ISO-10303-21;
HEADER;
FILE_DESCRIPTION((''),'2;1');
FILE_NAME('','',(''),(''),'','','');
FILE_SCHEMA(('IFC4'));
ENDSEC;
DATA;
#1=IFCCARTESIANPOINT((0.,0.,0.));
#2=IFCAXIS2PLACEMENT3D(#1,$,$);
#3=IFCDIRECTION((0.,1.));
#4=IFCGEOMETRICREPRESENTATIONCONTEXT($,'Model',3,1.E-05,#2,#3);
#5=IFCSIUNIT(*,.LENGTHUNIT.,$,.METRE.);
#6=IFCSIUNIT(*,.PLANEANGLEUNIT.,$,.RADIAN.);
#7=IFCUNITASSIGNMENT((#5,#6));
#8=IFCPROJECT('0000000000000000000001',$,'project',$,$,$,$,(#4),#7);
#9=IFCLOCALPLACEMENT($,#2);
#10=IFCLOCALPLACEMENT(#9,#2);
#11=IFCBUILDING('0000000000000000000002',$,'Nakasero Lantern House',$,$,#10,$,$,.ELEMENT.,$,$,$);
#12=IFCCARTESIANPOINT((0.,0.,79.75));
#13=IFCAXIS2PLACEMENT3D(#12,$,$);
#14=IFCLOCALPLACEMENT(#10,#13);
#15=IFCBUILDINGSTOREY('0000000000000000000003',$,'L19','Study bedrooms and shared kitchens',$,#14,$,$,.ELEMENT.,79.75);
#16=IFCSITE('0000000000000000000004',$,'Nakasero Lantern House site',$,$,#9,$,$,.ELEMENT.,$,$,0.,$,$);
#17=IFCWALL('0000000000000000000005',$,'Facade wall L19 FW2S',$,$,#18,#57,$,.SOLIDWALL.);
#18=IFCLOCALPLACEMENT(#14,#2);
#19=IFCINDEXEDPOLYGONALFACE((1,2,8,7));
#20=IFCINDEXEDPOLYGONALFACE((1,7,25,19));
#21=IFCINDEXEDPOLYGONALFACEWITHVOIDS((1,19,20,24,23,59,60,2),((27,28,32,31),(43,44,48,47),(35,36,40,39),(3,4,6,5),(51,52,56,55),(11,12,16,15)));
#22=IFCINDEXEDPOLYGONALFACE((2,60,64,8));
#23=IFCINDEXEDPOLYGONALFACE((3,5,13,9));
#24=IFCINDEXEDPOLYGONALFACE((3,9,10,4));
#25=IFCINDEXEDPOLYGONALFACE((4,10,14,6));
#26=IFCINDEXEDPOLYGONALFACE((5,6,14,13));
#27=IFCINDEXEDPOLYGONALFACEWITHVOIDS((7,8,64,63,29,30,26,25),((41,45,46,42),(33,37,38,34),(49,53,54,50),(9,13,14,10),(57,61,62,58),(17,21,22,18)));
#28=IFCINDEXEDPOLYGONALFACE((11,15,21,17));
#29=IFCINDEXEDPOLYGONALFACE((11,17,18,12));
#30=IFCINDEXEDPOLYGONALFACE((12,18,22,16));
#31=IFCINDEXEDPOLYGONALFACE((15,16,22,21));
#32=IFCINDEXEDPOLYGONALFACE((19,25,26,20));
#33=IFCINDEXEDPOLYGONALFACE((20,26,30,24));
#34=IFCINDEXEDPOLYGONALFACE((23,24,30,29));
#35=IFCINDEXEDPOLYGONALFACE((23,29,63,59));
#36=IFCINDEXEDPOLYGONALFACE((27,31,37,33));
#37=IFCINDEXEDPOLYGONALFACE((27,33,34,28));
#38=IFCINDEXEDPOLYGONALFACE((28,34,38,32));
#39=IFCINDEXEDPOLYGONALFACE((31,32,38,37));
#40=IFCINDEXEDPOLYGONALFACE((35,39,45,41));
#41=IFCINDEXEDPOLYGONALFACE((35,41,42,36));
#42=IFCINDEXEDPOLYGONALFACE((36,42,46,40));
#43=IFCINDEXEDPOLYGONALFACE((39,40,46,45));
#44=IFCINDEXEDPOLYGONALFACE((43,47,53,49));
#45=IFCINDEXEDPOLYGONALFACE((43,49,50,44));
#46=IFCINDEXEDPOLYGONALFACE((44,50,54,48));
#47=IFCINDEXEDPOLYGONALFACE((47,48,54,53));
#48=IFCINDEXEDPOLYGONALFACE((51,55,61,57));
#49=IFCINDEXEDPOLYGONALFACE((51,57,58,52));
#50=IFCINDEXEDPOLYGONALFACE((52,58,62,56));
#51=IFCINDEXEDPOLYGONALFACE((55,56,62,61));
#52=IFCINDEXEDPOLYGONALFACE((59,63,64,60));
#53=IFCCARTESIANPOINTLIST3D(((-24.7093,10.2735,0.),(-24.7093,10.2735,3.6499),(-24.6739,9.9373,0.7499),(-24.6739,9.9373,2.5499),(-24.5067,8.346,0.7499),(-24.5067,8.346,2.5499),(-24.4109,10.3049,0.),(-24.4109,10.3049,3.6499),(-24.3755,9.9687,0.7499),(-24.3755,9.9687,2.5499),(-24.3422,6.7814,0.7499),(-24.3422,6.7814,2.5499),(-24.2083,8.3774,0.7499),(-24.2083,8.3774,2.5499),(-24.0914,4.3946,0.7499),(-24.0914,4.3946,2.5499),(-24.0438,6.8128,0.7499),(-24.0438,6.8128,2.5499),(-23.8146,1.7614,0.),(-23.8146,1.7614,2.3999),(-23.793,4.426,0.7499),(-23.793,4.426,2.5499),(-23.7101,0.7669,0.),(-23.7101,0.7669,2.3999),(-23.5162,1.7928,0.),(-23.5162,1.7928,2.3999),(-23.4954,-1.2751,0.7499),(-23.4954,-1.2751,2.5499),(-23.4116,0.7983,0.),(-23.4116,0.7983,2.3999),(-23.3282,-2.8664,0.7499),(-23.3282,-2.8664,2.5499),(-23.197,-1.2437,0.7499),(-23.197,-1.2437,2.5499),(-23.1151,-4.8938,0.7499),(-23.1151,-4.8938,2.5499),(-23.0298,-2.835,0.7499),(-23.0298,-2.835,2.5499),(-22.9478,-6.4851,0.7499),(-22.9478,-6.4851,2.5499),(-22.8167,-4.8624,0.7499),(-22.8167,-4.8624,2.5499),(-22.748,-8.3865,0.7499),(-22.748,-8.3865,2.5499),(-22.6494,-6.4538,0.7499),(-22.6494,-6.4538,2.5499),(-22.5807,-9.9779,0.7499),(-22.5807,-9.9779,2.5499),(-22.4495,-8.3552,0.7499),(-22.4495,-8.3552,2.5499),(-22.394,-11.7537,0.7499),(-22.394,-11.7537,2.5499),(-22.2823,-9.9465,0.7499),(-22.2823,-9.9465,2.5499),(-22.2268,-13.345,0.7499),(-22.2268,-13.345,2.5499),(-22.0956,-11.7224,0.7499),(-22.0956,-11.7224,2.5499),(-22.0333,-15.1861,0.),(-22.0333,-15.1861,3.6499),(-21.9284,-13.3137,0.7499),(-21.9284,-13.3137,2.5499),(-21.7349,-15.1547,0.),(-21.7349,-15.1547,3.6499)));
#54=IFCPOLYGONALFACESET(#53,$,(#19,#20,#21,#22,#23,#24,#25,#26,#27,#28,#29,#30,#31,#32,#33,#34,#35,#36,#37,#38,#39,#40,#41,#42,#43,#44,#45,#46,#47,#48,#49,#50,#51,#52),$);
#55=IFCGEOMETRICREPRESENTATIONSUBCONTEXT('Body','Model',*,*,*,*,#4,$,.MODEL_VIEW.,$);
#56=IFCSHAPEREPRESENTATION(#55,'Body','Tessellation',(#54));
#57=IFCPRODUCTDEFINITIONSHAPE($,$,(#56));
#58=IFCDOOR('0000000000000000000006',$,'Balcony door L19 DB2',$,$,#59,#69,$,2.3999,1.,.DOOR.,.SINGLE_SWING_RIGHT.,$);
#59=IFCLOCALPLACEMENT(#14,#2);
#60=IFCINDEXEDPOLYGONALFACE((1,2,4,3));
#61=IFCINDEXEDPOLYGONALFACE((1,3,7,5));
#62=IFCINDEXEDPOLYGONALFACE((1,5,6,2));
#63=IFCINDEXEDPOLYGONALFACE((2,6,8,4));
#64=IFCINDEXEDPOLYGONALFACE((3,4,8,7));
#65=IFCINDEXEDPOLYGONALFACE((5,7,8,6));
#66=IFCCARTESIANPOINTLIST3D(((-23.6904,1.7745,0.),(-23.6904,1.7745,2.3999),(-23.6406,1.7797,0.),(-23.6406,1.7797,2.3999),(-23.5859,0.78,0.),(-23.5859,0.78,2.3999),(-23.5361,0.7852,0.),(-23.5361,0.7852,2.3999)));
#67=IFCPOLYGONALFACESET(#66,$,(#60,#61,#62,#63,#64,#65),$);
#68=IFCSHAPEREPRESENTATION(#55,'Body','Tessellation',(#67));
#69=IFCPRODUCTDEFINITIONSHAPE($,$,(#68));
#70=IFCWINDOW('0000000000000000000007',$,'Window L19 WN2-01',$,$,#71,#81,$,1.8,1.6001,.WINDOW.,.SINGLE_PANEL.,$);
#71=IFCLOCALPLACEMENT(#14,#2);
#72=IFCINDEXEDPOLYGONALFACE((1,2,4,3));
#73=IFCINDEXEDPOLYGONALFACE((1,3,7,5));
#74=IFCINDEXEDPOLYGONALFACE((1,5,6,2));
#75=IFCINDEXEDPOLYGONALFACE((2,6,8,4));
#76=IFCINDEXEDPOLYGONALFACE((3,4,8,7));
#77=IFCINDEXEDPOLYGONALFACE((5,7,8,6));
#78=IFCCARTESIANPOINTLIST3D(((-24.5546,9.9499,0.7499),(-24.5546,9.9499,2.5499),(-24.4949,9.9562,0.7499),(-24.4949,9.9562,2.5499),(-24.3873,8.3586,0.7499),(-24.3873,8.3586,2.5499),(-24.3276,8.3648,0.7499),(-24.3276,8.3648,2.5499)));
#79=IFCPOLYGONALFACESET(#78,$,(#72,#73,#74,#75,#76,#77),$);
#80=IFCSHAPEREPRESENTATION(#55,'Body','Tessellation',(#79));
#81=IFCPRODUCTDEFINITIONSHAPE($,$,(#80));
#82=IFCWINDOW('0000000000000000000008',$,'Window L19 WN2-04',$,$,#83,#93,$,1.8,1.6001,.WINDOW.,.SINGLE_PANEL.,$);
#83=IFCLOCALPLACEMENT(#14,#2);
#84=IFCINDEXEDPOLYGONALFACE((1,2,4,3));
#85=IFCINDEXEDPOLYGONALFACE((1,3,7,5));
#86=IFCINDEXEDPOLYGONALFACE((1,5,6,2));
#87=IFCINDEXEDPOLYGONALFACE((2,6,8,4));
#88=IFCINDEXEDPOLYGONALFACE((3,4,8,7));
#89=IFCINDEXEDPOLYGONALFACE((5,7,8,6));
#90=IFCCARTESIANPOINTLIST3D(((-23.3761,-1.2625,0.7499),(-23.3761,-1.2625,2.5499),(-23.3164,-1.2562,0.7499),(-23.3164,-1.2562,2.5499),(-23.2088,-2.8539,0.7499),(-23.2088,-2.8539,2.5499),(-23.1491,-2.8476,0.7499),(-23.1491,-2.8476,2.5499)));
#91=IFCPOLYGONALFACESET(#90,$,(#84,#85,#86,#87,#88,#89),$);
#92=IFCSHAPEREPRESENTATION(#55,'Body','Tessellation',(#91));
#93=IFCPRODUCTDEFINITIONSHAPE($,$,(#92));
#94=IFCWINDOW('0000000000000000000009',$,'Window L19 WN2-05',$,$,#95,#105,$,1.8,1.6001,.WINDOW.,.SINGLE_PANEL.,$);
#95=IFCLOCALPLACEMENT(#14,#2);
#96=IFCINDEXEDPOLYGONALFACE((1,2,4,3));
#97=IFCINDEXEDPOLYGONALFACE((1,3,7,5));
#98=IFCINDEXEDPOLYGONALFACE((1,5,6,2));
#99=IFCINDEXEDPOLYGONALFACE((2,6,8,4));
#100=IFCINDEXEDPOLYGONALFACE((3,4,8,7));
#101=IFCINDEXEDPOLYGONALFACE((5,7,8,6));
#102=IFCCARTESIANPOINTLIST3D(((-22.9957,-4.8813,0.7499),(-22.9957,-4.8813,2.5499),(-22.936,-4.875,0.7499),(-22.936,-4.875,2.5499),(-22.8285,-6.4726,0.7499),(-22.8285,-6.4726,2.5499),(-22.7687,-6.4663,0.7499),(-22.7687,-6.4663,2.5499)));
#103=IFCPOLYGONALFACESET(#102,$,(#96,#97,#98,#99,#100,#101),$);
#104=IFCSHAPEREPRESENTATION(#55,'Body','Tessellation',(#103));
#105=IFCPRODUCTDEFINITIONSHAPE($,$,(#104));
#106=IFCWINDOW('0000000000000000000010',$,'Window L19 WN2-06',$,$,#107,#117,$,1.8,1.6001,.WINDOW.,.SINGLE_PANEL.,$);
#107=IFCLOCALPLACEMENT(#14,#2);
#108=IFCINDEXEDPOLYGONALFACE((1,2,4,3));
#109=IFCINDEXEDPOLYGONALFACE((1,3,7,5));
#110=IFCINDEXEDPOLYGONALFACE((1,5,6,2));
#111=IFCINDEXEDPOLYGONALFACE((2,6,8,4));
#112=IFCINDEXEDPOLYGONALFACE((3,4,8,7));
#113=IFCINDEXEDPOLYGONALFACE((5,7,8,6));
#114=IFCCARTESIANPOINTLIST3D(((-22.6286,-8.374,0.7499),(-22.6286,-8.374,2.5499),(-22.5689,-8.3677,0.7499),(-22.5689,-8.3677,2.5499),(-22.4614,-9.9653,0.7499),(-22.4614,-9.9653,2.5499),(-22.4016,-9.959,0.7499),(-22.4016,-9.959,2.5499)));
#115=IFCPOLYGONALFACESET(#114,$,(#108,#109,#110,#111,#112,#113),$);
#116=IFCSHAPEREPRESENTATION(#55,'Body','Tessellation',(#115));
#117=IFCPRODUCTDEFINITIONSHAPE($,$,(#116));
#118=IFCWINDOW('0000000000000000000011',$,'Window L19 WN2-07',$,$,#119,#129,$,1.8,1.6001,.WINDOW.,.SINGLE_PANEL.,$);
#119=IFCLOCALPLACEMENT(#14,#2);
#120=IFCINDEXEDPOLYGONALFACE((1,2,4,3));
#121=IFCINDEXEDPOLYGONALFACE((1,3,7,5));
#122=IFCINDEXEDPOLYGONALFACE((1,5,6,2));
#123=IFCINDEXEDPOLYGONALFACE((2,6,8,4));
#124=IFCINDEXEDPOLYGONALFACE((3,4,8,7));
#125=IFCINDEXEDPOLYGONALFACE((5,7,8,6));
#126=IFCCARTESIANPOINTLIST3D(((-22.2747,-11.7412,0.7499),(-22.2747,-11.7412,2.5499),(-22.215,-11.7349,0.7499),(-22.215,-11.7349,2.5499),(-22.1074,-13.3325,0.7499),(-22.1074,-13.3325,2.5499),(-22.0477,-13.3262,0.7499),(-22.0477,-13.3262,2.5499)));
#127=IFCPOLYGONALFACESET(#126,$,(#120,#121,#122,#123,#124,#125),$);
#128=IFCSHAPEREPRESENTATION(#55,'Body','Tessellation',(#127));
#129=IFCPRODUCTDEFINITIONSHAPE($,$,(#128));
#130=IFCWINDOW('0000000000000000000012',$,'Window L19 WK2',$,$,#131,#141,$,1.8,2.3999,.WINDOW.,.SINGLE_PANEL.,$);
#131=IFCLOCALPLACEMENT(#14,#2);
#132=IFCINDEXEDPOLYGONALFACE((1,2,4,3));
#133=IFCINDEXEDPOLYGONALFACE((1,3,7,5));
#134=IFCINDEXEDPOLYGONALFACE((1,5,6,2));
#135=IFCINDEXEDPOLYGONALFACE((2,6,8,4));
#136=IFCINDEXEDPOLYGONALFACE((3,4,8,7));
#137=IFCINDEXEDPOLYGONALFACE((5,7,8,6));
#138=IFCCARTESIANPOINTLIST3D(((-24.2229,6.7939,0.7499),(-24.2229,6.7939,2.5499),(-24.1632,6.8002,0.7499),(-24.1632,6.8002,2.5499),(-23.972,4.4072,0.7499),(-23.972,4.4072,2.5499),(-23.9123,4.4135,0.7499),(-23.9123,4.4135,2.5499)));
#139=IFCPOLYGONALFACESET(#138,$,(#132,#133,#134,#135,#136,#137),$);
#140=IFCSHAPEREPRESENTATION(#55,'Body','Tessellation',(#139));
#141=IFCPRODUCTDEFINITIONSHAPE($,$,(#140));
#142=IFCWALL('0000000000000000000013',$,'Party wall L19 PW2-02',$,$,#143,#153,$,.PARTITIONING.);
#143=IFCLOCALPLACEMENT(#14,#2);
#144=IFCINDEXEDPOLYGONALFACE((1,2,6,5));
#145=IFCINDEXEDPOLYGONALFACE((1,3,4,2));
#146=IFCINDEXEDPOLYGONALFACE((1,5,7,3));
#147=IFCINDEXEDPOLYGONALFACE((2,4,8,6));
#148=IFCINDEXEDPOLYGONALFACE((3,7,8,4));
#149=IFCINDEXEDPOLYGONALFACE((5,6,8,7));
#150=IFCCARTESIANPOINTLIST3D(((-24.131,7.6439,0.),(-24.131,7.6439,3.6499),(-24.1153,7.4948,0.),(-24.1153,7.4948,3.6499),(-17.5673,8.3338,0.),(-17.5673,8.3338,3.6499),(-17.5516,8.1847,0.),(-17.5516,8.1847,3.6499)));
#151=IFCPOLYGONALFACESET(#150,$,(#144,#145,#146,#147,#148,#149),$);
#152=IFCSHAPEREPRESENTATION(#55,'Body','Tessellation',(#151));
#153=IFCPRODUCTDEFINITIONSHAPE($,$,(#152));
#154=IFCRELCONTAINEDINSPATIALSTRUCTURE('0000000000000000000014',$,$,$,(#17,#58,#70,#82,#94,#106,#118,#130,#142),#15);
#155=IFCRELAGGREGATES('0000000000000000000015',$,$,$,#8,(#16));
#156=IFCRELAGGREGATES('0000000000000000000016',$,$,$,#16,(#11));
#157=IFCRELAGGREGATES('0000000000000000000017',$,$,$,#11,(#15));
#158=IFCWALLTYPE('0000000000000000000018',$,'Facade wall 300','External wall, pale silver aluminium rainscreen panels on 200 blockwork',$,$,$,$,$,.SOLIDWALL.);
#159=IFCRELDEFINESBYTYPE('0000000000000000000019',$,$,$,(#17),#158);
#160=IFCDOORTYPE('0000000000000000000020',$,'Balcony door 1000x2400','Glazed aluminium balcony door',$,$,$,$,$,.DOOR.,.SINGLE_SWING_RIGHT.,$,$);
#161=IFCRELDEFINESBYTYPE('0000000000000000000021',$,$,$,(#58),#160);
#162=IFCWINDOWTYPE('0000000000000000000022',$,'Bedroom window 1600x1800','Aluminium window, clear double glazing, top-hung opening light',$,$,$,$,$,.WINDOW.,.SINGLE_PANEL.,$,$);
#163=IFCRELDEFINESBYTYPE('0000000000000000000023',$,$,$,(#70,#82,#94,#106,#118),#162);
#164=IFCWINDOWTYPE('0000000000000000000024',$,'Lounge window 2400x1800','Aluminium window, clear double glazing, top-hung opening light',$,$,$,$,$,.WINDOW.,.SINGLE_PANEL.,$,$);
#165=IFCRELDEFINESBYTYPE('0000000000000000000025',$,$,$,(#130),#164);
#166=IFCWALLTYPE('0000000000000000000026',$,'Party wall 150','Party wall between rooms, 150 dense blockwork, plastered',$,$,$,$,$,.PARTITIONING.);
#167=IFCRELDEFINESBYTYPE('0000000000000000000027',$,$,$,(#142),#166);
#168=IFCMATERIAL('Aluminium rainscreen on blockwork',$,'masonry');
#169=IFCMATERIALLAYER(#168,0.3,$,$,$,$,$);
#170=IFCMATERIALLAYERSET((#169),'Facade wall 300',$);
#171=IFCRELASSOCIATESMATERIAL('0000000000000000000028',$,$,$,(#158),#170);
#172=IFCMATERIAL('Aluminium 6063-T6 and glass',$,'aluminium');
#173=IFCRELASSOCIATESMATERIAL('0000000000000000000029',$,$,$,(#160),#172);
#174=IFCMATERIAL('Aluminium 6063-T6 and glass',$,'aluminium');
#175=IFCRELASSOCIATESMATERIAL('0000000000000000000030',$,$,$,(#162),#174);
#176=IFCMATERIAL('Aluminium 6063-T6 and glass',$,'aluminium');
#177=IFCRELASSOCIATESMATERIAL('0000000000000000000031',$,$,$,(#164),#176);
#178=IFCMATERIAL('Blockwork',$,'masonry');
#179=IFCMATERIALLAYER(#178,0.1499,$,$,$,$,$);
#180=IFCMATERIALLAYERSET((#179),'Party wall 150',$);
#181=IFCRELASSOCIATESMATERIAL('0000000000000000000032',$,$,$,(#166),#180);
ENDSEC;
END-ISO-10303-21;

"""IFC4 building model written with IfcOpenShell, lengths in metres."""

from ifc_helpers import new_model, si_unit, direction, frame, frame_2d, origin, place, context, subcontext, project, spatial, rectangle, extrude, material, layer, layer_set, type_object, element, fill, save


model = new_model("IFC4")

# Units and contexts
model_context = context("Model", 3, precision=1e-05, world=origin(), true_north=direction((0.0, 1.0)))
body_context = subcontext(model_context, "Body", "Model", "MODEL_VIEW")
ifc_project = project(units=[si_unit("LENGTHUNIT", "METRE"), si_unit("PLANEANGLEUNIT", "RADIAN")], contexts=[model_context])

# Site, building, storey
site_placement = place(None, origin())
site = spatial("IfcSite", under=ifc_project, at=site_placement, Name="Nakasero Lantern House site", CompositionType="ELEMENT", RefElevation=0.0)
building_placement = place(site_placement, origin())
building = spatial("IfcBuilding", under=site, at=building_placement, Name="Nakasero Lantern House", CompositionType="ELEMENT")
storey_placement = place(building_placement, frame((0.0, 0.0, 79.75)))
storey = spatial("IfcBuildingStorey", under=building, at=storey_placement, Name="L19", Description="Study bedrooms and shared kitchens", CompositionType="ELEMENT", Elevation=79.75)

# Wall, openings, door, windows
ifc_material_1 = material(Name="Aluminium rainscreen on blockwork", Category="masonry")
ifc_layer_1 = layer(ifc_material_1, 0.3)
ifc_layer_set_1 = layer_set([ifc_layer_1], Name="Facade wall 300")
wall_type_1 = type_object("IfcWallType", Name="Facade wall 300", Description="External wall, pale silver aluminium rainscreen panels on 200 blockwork", PredefinedType="SOLIDWALL", material=ifc_layer_set_1)
wall_1_placement = place(storey_placement, frame((-24.5601, 10.2891, 0.0), z_axis=(0.0, 0.0, 1.0), x_axis=(0.104532, -0.994521, 0.0)))
wall_1 = element("IfcWall", 1, at=wall_1_placement, inside=storey, type_object=wall_type_1, Name="Facade wall L19 FW2S", PredefinedType="SOLIDWALL", context=body_context, shape_type="SweptSolid", body=[
    extrude(rectangle(XDim=25.5999, YDim=0.3, at=frame_2d((12.7998, 0.0))), origin(), (0.0, 0.0, 1.0), 3.6499),
])
opening_1_placement = place(wall_1_placement, frame((0.3379, 0.0, 0.75)))
opening_1 = element("IfcOpeningElement", 2, at=opening_1_placement, cuts=wall_1, PredefinedType="OPENING", context=body_context, shape_type="SweptSolid", body=[
    extrude(rectangle(XDim=1.6001, YDim=1.8, at=frame_2d((0.8, 0.8999))), frame((0.0, 0.1699, 0.0), z_axis=(0.0, -1.0, 0.0), x_axis=(1.0, 0.0, 0.0)), (0.0, 0.0, 1.0), 0.3401),
])
opening_2_placement = place(wall_1_placement, frame((11.6121, 0.0, 0.75)))
opening_2 = element("IfcOpeningElement", 3, at=opening_2_placement, cuts=wall_1, PredefinedType="OPENING", context=body_context, shape_type="SweptSolid", body=[
    extrude(rectangle(XDim=1.6001, YDim=1.8, at=frame_2d((0.8, 0.8999))), frame((0.0, 0.1699, 0.0), z_axis=(0.0, -1.0, 0.0), x_axis=(1.0, 0.0, 0.0)), (0.0, 0.0, 1.0), 0.3401),
])
opening_3_placement = place(wall_1_placement, frame((15.2507, 0.0, 0.75)))
opening_3 = element("IfcOpeningElement", 4, at=opening_3_placement, cuts=wall_1, PredefinedType="OPENING", context=body_context, shape_type="SweptSolid", body=[
    extrude(rectangle(XDim=1.6001, YDim=1.8, at=frame_2d((0.8, 0.8999))), frame((0.0, 0.1699, 0.0), z_axis=(0.0, -1.0, 0.0), x_axis=(1.0, 0.0, 0.0)), (0.0, 0.0, 1.0), 0.3401),
])
opening_4_placement = place(wall_1_placement, frame((18.7627, 0.0, 0.75)))
opening_4 = element("IfcOpeningElement", 5, at=opening_4_placement, cuts=wall_1, PredefinedType="OPENING", context=body_context, shape_type="SweptSolid", body=[
    extrude(rectangle(XDim=1.6001, YDim=1.8, at=frame_2d((0.8, 0.8999))), frame((0.0, 0.1699, 0.0), z_axis=(0.0, -1.0, 0.0), x_axis=(1.0, 0.0, 0.0)), (0.0, 0.0, 1.0), 0.3401),
])
opening_5_placement = place(wall_1_placement, frame((22.1484, 0.0, 0.75)))
opening_5 = element("IfcOpeningElement", 6, at=opening_5_placement, cuts=wall_1, PredefinedType="OPENING", context=body_context, shape_type="SweptSolid", body=[
    extrude(rectangle(XDim=1.6001, YDim=1.8, at=frame_2d((0.8, 0.8999))), frame((0.0, 0.1699, 0.0), z_axis=(0.0, -1.0, 0.0), x_axis=(1.0, 0.0, 0.0)), (0.0, 0.0, 1.0), 0.3401),
])
opening_6_placement = place(wall_1_placement, frame((3.5112, 0.0, 0.75)))
opening_6 = element("IfcOpeningElement", 7, at=opening_6_placement, cuts=wall_1, PredefinedType="OPENING", context=body_context, shape_type="SweptSolid", body=[
    extrude(rectangle(XDim=2.3999, YDim=1.8, at=frame_2d((1.2, 0.8999))), frame((0.0, 0.1699, 0.0), z_axis=(0.0, -1.0, 0.0), x_axis=(1.0, 0.0, 0.0)), (0.0, 0.0, 1.0), 0.3401),
])
opening_7_placement = place(wall_1_placement, frame((8.5588, 0.0, 0.0)))
opening_7 = element("IfcOpeningElement", 8, at=opening_7_placement, cuts=wall_1, PredefinedType="OPENING", context=body_context, shape_type="SweptSolid", body=[
    extrude(rectangle(XDim=1.0, YDim=2.3999, at=frame_2d((0.5, 1.2))), frame((0.0, 0.1699, 0.0), z_axis=(0.0, -1.0, 0.0), x_axis=(1.0, 0.0, 0.0)), (0.0, 0.0, 1.0), 0.3401),
])
ifc_material_2 = material(Name="Aluminium 6063-T6 and glass", Category="aluminium")
door_type_1 = type_object("IfcDoorType", Name="Balcony door 1000x2400", Description="Glazed aluminium balcony door", OperationType="SINGLE_SWING_RIGHT", PredefinedType="DOOR", material=ifc_material_2)
door_1_placement = place(opening_7_placement, origin())
door_1 = element("IfcDoor", 9, at=door_1_placement, inside=storey, type_object=door_type_1, Name="Balcony door L19 DB2", OperationType="SINGLE_SWING_RIGHT", OverallHeight=2.3999, OverallWidth=1.0, PredefinedType="DOOR", context=body_context, shape_type="SweptSolid", body=[
    extrude(rectangle(XDim=1.0, YDim=2.3999, at=frame_2d((0.5, 1.2))), frame((0.0, 0.0249, 0.0), z_axis=(0.0, -1.0, 0.0), x_axis=(1.0, 0.0, 0.0)), (0.0, 0.0, 1.0), 0.05),
])
fill(opening_7, door_1)
ifc_material_3 = material(Name="Aluminium 6063-T6 and glass", Category="aluminium")
window_type_1 = type_object("IfcWindowType", Name="Bedroom window 1600x1800", Description="Aluminium window, clear double glazing, top-hung opening light", PartitioningType="SINGLE_PANEL", PredefinedType="WINDOW", material=ifc_material_3)
window_1_placement = place(opening_1_placement, origin())
window_1 = element("IfcWindow", 10, at=window_1_placement, inside=storey, type_object=window_type_1, Name="Window L19 WN2-01", OverallHeight=1.8, OverallWidth=1.6001, PartitioningType="SINGLE_PANEL", PredefinedType="WINDOW", context=body_context, shape_type="SweptSolid", body=[
    extrude(rectangle(XDim=1.6001, YDim=1.8, at=frame_2d((0.8, 0.8999))), frame((0.0, 0.03, 0.0), z_axis=(0.0, -1.0, 0.0), x_axis=(1.0, 0.0, 0.0)), (0.0, 0.0, 1.0), 0.0601),
])
fill(opening_1, window_1)
window_2_placement = place(opening_2_placement, origin())
window_2 = element("IfcWindow", 11, at=window_2_placement, inside=storey, type_object=window_type_1, Name="Window L19 WN2-04", OverallHeight=1.8, OverallWidth=1.6001, PartitioningType="SINGLE_PANEL", PredefinedType="WINDOW", context=body_context, shape_type="SweptSolid", body=[
    extrude(rectangle(XDim=1.6001, YDim=1.8, at=frame_2d((0.8, 0.8999))), frame((0.0, 0.03, 0.0), z_axis=(0.0, -1.0, 0.0), x_axis=(1.0, 0.0, 0.0)), (0.0, 0.0, 1.0), 0.0601),
])
fill(opening_2, window_2)
window_3_placement = place(opening_3_placement, origin())
window_3 = element("IfcWindow", 12, at=window_3_placement, inside=storey, type_object=window_type_1, Name="Window L19 WN2-05", OverallHeight=1.8, OverallWidth=1.6001, PartitioningType="SINGLE_PANEL", PredefinedType="WINDOW", context=body_context, shape_type="SweptSolid", body=[
    extrude(rectangle(XDim=1.6001, YDim=1.8, at=frame_2d((0.8, 0.8999))), frame((0.0, 0.03, 0.0), z_axis=(0.0, -1.0, 0.0), x_axis=(1.0, 0.0, 0.0)), (0.0, 0.0, 1.0), 0.0601),
])
fill(opening_3, window_3)
window_4_placement = place(opening_4_placement, origin())
window_4 = element("IfcWindow", 13, at=window_4_placement, inside=storey, type_object=window_type_1, Name="Window L19 WN2-06", OverallHeight=1.8, OverallWidth=1.6001, PartitioningType="SINGLE_PANEL", PredefinedType="WINDOW", context=body_context, shape_type="SweptSolid", body=[
    extrude(rectangle(XDim=1.6001, YDim=1.8, at=frame_2d((0.8, 0.8999))), frame((0.0, 0.03, 0.0), z_axis=(0.0, -1.0, 0.0), x_axis=(1.0, 0.0, 0.0)), (0.0, 0.0, 1.0), 0.0601),
])
fill(opening_4, window_4)
window_5_placement = place(opening_5_placement, origin())
window_5 = element("IfcWindow", 14, at=window_5_placement, inside=storey, type_object=window_type_1, Name="Window L19 WN2-07", OverallHeight=1.8, OverallWidth=1.6001, PartitioningType="SINGLE_PANEL", PredefinedType="WINDOW", context=body_context, shape_type="SweptSolid", body=[
    extrude(rectangle(XDim=1.6001, YDim=1.8, at=frame_2d((0.8, 0.8999))), frame((0.0, 0.03, 0.0), z_axis=(0.0, -1.0, 0.0), x_axis=(1.0, 0.0, 0.0)), (0.0, 0.0, 1.0), 0.0601),
])
fill(opening_5, window_5)
ifc_material_4 = material(Name="Aluminium 6063-T6 and glass", Category="aluminium")
window_type_2 = type_object("IfcWindowType", Name="Lounge window 2400x1800", Description="Aluminium window, clear double glazing, top-hung opening light", PartitioningType="SINGLE_PANEL", PredefinedType="WINDOW", material=ifc_material_4)
window_6_placement = place(opening_6_placement, origin())
window_6 = element("IfcWindow", 15, at=window_6_placement, inside=storey, type_object=window_type_2, Name="Window L19 WK2", OverallHeight=1.8, OverallWidth=2.3999, PartitioningType="SINGLE_PANEL", PredefinedType="WINDOW", context=body_context, shape_type="SweptSolid", body=[
    extrude(rectangle(XDim=2.3999, YDim=1.8, at=frame_2d((1.2, 0.8999))), frame((0.0, 0.03, 0.0), z_axis=(0.0, -1.0, 0.0), x_axis=(1.0, 0.0, 0.0)), (0.0, 0.0, 1.0), 0.0601),
])
fill(opening_6, window_6)

# Wall
ifc_material_5 = material(Name="Blockwork", Category="masonry")
ifc_layer_2 = layer(ifc_material_5, 0.1499)
ifc_layer_set_2 = layer_set([ifc_layer_2], Name="Party wall 150")
wall_type_2 = type_object("IfcWallType", Name="Party wall 150", Description="Party wall between rooms, 150 dense blockwork, plastered", PredefinedType="PARTITIONING", material=ifc_layer_set_2)
wall_2_placement = place(storey_placement, frame((-17.5596, 8.2593, 0.0), z_axis=(0.0, 0.0, 1.0), x_axis=(-0.994521, -0.104538, 0.0)))
element("IfcWall", 16, at=wall_2_placement, inside=storey, type_object=wall_type_2, Name="Party wall L19 PW2-02", PredefinedType="PARTITIONING", context=body_context, shape_type="SweptSolid", body=[
    extrude(rectangle(XDim=6.5999, YDim=0.1499, at=frame_2d((3.2998, 0.0))), origin(), (0.0, 0.0, 1.0), 3.6499),
])

save(model, "model.ifc")
